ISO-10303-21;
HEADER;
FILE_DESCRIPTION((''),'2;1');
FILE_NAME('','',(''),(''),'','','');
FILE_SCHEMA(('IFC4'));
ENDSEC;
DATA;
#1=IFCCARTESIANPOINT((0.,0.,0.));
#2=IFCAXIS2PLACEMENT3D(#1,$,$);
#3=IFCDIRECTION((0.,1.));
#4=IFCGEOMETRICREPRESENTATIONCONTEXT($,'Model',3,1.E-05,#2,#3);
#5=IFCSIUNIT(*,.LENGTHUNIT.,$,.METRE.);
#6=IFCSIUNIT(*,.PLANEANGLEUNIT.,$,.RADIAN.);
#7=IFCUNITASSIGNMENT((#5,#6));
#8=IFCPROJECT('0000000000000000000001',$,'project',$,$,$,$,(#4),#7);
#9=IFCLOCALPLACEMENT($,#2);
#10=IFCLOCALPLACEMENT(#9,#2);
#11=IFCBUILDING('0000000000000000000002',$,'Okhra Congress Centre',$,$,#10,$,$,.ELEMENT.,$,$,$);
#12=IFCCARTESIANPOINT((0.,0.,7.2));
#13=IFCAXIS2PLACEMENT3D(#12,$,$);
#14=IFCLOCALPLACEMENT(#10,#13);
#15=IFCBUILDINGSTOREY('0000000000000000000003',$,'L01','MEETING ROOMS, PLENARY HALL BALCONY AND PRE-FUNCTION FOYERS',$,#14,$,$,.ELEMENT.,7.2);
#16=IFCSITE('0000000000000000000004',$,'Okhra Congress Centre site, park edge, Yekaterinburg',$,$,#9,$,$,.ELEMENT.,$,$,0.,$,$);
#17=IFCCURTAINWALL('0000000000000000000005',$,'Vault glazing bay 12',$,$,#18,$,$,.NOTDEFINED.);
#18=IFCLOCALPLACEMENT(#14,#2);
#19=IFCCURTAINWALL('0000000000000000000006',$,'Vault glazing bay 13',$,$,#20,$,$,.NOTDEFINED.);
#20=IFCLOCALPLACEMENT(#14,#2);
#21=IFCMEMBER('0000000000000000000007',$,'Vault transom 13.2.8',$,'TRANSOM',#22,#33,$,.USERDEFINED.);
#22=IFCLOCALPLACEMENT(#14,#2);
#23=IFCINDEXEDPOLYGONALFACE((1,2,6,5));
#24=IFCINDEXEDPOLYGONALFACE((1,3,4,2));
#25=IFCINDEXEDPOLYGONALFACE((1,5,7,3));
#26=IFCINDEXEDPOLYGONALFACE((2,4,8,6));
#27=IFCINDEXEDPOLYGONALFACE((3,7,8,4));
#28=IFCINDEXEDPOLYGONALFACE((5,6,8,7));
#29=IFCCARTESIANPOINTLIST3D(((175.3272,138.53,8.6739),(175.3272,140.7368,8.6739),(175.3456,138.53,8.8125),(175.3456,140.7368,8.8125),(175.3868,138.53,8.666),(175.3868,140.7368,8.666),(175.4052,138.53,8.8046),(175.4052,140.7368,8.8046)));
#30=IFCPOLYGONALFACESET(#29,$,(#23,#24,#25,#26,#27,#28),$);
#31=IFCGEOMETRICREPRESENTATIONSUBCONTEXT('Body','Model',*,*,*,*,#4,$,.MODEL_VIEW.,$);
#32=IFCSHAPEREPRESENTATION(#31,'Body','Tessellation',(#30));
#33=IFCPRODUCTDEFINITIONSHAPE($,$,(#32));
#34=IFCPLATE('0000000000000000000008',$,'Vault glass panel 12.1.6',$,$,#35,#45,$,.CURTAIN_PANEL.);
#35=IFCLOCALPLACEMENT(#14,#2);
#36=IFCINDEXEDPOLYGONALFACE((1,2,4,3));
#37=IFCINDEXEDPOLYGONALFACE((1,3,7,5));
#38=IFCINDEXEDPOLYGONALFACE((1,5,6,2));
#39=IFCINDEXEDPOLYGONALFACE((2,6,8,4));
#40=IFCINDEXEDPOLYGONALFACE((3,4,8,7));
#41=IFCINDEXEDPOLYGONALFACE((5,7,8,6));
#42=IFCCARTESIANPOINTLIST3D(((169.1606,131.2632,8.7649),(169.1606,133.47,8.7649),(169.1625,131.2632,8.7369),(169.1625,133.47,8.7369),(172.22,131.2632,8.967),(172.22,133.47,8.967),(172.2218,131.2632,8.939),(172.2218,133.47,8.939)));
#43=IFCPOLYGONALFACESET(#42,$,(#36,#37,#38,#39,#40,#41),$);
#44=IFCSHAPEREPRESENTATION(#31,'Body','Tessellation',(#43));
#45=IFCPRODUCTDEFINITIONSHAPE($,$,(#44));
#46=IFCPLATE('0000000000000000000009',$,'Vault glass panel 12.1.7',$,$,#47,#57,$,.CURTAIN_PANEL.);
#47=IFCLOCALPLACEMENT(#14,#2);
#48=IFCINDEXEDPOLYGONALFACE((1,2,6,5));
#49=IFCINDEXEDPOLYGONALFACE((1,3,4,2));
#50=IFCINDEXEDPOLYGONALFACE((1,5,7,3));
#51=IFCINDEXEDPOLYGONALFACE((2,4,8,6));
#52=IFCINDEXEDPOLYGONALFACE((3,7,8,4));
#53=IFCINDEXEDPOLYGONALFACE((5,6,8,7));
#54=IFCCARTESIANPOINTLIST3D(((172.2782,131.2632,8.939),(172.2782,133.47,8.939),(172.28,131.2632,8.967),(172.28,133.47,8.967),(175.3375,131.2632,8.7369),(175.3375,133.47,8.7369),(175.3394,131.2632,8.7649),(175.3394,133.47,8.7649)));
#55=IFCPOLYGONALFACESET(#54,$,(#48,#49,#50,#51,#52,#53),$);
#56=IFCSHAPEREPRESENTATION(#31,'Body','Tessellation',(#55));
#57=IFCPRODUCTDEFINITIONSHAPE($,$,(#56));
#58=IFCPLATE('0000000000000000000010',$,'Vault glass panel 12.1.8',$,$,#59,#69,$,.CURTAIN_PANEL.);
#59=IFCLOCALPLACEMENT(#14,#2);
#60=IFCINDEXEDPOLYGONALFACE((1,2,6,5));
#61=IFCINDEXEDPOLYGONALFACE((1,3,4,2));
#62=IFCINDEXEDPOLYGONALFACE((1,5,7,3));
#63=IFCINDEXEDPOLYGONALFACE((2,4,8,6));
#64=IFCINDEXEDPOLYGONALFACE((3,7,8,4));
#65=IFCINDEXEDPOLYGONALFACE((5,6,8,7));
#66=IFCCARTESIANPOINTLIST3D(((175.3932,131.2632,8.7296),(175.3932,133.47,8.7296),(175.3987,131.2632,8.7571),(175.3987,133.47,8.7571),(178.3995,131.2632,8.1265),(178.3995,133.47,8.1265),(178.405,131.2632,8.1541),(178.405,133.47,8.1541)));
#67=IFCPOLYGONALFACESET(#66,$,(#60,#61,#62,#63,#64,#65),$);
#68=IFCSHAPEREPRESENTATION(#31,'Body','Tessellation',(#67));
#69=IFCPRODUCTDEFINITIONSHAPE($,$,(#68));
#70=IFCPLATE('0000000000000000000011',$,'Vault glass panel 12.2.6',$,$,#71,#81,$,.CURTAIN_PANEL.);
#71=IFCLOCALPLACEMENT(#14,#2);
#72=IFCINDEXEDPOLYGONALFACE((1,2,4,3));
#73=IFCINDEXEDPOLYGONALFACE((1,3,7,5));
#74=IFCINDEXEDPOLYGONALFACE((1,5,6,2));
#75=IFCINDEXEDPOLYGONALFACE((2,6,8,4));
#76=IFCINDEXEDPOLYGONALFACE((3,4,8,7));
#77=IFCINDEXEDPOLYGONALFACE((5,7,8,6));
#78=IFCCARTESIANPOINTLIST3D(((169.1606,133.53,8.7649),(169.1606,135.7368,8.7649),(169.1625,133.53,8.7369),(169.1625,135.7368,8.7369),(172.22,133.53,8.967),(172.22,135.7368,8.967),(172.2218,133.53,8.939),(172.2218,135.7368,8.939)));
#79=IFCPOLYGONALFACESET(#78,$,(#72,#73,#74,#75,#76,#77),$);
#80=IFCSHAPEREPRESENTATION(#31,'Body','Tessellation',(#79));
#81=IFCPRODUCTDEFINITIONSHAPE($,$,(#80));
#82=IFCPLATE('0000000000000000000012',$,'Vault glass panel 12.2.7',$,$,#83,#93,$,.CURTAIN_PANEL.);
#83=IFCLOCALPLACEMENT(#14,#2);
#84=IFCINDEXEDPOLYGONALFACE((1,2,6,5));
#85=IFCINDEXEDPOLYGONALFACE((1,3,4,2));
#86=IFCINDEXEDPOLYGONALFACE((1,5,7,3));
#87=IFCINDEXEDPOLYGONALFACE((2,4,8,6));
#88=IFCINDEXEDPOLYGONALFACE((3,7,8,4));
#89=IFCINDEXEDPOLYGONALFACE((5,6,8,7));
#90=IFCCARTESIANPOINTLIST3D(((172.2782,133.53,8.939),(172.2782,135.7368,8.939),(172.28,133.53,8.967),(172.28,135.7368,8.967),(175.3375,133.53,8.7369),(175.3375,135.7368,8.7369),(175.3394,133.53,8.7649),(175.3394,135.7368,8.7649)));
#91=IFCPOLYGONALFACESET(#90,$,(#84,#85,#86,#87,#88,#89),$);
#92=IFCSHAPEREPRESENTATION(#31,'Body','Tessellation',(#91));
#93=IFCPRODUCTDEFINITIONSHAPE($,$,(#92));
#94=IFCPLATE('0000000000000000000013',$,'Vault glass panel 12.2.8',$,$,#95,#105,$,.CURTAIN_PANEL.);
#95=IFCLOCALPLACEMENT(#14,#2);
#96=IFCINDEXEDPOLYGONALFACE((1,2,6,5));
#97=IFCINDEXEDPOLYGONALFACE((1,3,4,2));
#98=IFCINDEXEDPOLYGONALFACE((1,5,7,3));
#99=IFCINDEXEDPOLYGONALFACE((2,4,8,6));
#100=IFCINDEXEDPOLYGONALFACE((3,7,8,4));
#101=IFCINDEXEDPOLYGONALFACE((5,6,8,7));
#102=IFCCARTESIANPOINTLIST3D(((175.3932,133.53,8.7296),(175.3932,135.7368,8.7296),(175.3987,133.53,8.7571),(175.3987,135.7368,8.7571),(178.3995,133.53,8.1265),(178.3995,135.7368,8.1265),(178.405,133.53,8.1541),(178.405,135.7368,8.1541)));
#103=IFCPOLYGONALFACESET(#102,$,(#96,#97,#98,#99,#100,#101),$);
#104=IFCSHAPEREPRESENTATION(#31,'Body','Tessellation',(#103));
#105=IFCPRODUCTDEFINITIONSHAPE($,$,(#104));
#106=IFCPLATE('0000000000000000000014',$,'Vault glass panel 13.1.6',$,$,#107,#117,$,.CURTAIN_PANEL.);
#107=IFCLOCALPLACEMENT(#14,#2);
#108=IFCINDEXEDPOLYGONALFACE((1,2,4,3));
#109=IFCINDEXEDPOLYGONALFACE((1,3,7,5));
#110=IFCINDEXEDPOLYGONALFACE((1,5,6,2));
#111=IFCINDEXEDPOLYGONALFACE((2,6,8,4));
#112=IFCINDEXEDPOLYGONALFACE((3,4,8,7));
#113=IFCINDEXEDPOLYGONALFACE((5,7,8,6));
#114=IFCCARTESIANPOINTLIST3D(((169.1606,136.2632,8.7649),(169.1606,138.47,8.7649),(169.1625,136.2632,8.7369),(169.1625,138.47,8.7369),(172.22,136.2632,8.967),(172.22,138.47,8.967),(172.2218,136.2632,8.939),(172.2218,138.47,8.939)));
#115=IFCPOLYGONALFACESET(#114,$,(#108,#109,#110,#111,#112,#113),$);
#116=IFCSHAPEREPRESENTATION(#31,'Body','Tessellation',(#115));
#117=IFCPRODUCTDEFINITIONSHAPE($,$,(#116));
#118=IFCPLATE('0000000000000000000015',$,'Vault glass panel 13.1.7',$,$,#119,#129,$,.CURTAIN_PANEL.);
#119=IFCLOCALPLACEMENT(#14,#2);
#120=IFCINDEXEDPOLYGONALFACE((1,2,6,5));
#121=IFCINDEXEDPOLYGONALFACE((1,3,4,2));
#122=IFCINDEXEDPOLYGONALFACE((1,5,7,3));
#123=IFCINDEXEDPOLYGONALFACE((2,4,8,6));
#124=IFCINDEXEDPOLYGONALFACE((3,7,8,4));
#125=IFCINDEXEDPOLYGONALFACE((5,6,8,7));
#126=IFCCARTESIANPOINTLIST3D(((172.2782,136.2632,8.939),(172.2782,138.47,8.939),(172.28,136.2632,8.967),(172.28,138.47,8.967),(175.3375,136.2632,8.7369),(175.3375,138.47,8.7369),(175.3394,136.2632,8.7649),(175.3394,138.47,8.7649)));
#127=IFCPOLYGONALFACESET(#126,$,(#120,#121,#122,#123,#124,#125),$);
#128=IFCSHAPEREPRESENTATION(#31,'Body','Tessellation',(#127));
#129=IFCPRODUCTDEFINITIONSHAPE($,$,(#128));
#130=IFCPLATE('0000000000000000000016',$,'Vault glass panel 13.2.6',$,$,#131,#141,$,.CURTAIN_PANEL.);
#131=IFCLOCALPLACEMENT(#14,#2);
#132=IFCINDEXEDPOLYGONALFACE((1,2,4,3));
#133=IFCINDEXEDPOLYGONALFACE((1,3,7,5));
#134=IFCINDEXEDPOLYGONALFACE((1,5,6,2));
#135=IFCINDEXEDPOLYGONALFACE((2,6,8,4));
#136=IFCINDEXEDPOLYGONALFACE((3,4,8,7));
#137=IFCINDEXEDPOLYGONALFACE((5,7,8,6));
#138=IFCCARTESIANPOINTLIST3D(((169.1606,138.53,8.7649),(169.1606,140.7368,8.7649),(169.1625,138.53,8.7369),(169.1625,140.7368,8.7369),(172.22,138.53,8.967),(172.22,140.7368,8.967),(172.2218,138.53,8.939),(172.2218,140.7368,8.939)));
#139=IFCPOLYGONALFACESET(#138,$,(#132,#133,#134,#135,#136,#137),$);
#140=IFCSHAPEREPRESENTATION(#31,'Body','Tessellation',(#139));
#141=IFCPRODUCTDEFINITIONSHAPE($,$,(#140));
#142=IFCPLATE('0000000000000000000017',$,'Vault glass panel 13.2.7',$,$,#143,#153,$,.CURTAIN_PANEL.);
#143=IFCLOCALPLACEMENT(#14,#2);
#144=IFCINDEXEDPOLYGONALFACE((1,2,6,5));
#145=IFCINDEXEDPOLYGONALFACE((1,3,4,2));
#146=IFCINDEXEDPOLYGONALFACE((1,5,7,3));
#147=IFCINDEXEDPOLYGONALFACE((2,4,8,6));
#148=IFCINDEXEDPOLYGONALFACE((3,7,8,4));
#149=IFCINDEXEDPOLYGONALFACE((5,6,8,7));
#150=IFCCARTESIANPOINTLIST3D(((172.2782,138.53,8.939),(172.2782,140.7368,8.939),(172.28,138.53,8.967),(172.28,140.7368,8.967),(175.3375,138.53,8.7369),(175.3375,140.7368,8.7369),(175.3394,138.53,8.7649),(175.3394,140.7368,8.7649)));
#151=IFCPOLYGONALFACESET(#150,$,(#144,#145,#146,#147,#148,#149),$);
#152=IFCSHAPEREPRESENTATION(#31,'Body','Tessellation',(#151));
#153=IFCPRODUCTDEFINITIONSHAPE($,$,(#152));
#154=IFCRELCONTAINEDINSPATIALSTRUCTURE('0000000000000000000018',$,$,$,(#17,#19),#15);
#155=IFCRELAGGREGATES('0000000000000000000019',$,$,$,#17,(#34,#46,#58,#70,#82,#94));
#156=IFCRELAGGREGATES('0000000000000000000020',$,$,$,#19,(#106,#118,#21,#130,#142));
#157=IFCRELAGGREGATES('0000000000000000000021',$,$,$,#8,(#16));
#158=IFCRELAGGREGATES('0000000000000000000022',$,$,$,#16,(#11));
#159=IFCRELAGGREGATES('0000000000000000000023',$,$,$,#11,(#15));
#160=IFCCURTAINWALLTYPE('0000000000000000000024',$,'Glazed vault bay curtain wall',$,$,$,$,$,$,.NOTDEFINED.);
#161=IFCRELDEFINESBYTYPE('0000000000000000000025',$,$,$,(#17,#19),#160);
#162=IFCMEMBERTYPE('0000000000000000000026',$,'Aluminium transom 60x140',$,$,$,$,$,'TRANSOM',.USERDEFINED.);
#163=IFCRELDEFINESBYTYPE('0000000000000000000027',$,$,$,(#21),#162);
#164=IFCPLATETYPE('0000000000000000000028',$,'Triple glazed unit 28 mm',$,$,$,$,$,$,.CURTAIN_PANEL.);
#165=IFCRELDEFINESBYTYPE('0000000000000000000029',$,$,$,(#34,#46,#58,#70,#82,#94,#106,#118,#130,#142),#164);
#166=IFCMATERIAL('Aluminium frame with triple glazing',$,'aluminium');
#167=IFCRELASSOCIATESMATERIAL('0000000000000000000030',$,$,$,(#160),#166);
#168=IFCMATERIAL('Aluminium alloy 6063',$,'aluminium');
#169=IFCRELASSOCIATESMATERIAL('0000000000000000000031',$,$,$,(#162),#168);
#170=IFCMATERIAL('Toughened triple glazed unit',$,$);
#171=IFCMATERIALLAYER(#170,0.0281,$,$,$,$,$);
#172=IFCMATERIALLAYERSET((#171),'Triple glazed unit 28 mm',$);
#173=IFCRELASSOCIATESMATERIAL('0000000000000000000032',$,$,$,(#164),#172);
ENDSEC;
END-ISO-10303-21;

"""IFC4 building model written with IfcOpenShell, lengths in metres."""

from ifc_helpers import new_model, si_unit, direction, frame, origin, origin_2d, place, context, subcontext, project, spatial, polyline, rectangle, outline, extrude, material, layer, layer_set, material_profile, profile_set, type_object, element, aggregate, save


model = new_model("IFC4")

# Units and contexts
model_context = context("Model", 3, precision=1e-05, world=origin(), true_north=direction((0.0, 1.0)))
body_context = subcontext(model_context, "Body", "Model", "MODEL_VIEW")
ifc_project = project(units=[si_unit("LENGTHUNIT", "METRE"), si_unit("PLANEANGLEUNIT", "RADIAN")], contexts=[model_context])

# Site, building, storey
site_placement = place(None, origin())
site = spatial("IfcSite", under=ifc_project, at=site_placement, Name="Okhra Congress Centre site, park edge, Yekaterinburg", CompositionType="ELEMENT", RefElevation=0.0)
building_placement = place(site_placement, origin())
building = spatial("IfcBuilding", under=site, at=building_placement, Name="Okhra Congress Centre", CompositionType="ELEMENT")
storey_placement = place(building_placement, frame((0.0, 0.0, 7.2)))
storey = spatial("IfcBuildingStorey", under=building, at=storey_placement, Name="L01", Description="MEETING ROOMS, PLENARY HALL BALCONY AND PRE-FUNCTION FOYERS", CompositionType="ELEMENT", Elevation=7.2)

# Curtain walls
ifc_material_1 = material(Name="Aluminium frame with triple glazing", Category="aluminium")
curtain_wall_type = type_object("IfcCurtainWallType", Name="Glazed vault bay curtain wall", PredefinedType="NOTDEFINED", material=ifc_material_1)
curtain_wall_1_placement = place(storey_placement, origin())
curtain_wall_1 = element("IfcCurtainWall", 1, at=curtain_wall_1_placement, inside=storey, type_object=curtain_wall_type, Name="Vault glazing bay 12", PredefinedType="NOTDEFINED")
ifc_material_2 = material(Name="Aluminium alloy 6063", Category="aluminium")
curtain_wall_2_placement = place(storey_placement, origin())
curtain_wall_2 = element("IfcCurtainWall", 2, at=curtain_wall_2_placement, inside=storey, type_object=curtain_wall_type, Name="Vault glazing bay 13", PredefinedType="NOTDEFINED")

# Member
ifc_material_profile_1 = material_profile(ifc_material_2, rectangle(XDim=0.0601, YDim=0.1399, at=origin_2d()), Name="AL 60x140 transom")
ifc_profile_set_1 = profile_set([ifc_material_profile_1], Name="Aluminium alloy 6063")
member_type_1 = type_object("IfcMemberType", Name="Aluminium transom 60x140", ElementType="TRANSOM", PredefinedType="USERDEFINED", material=ifc_profile_set_1)
member_1_placement = place(storey_placement, frame((175.3662, 138.53, 8.7393), z_axis=(0.0, 1.0, 0.0), x_axis=(-0.991307, 0.0, 0.131568)))
member_1 = element("IfcMember", 3, at=member_1_placement, type_object=member_type_1, Name="Vault transom 13.2.8", ObjectType="TRANSOM", PredefinedType="USERDEFINED", context=body_context, shape_type="SweptSolid", body=[
    extrude(rectangle(XDim=0.0601, YDim=0.1399, at=origin_2d()), origin(), (0.0, 0.0, 1.0), 2.2068),
])

# Plates
ifc_material_3 = material(Name="Toughened triple glazed unit")
ifc_layer = layer(ifc_material_3, 0.0281)
ifc_layer_set = layer_set([ifc_layer], Name="Triple glazed unit 28 mm")
plate_type = type_object("IfcPlateType", Name="Triple glazed unit 28 mm", PredefinedType="CURTAIN_PANEL", material=ifc_layer_set)
plate_1_placement = place(storey_placement, frame((169.1606, 131.2632, 8.7649), z_axis=(-0.065932, 0.0, 0.997824), x_axis=(0.997824, 0.0, 0.065932)))
plate_1 = element("IfcPlate", 4, at=plate_1_placement, type_object=plate_type, Name="Vault glass panel 12.1.6", PredefinedType="CURTAIN_PANEL", context=body_context, shape_type="SweptSolid", body=[
    extrude(outline(polyline([(0.0, 0.0), (3.066, 0.0), (3.066, 2.2068), (0.0, 2.2068), (0.0, 0.0)])), origin(), (0.0, 0.0, -1.0), 0.0281),
])
plate_2_placement = place(storey_placement, frame((172.28, 131.2632, 8.967), z_axis=(0.065932, 0.0, 0.997824), x_axis=(0.997824, 0.0, -0.065932)))
plate_2 = element("IfcPlate", 5, at=plate_2_placement, type_object=plate_type, Name="Vault glass panel 12.1.7", PredefinedType="CURTAIN_PANEL", context=body_context, shape_type="SweptSolid", body=[
    extrude(outline(polyline([(0.0, 0.0), (3.066, 0.0), (3.066, 2.2068), (0.0, 2.2068), (0.0, 0.0)])), origin(), (0.0, 0.0, -1.0), 0.0281),
])
plate_3_placement = place(storey_placement, frame((175.3987, 131.2632, 8.7571), z_axis=(0.196667, 0.0, 0.98047), x_axis=(0.98047, 0.0, -0.196667)))
plate_3 = element("IfcPlate", 6, at=plate_3_placement, type_object=plate_type, Name="Vault glass panel 12.1.8", PredefinedType="CURTAIN_PANEL", context=body_context, shape_type="SweptSolid", body=[
    extrude(outline(polyline([(0.0, 0.0), (3.0662, 0.0), (3.0662, 2.2068), (0.0, 2.2068), (0.0, 0.0)])), origin(), (0.0, 0.0, -1.0), 0.0281),
])
plate_4_placement = place(storey_placement, frame((169.1606, 133.53, 8.7649), z_axis=(-0.065932, 0.0, 0.997824), x_axis=(0.997824, 0.0, 0.065932)))
plate_4 = element("IfcPlate", 7, at=plate_4_placement, type_object=plate_type, Name="Vault glass panel 12.2.6", PredefinedType="CURTAIN_PANEL", context=body_context, shape_type="SweptSolid", body=[
    extrude(outline(polyline([(0.0, 0.0), (3.066, 0.0), (3.066, 2.2068), (0.0, 2.2068), (0.0, 0.0)])), origin(), (0.0, 0.0, -1.0), 0.0281),
])
plate_5_placement = place(storey_placement, frame((172.28, 133.53, 8.967), z_axis=(0.065932, 0.0, 0.997824), x_axis=(0.997824, 0.0, -0.065932)))
plate_5 = element("IfcPlate", 8, at=plate_5_placement, type_object=plate_type, Name="Vault glass panel 12.2.7", PredefinedType="CURTAIN_PANEL", context=body_context, shape_type="SweptSolid", body=[
    extrude(outline(polyline([(0.0, 0.0), (3.066, 0.0), (3.066, 2.2068), (0.0, 2.2068), (0.0, 0.0)])), origin(), (0.0, 0.0, -1.0), 0.0281),
])
plate_6_placement = place(storey_placement, frame((175.3987, 133.53, 8.7571), z_axis=(0.196667, 0.0, 0.98047), x_axis=(0.98047, 0.0, -0.196667)))
plate_6 = element("IfcPlate", 9, at=plate_6_placement, type_object=plate_type, Name="Vault glass panel 12.2.8", PredefinedType="CURTAIN_PANEL", context=body_context, shape_type="SweptSolid", body=[
    extrude(outline(polyline([(0.0, 0.0), (3.0662, 0.0), (3.0662, 2.2068), (0.0, 2.2068), (0.0, 0.0)])), origin(), (0.0, 0.0, -1.0), 0.0281),
])
aggregate(curtain_wall_1, [plate_1, plate_2, plate_3, plate_4, plate_5, plate_6])
plate_7_placement = place(storey_placement, frame((169.1606, 136.2632, 8.7649), z_axis=(-0.065932, 0.0, 0.997824), x_axis=(0.997824, 0.0, 0.065932)))
plate_7 = element("IfcPlate", 10, at=plate_7_placement, type_object=plate_type, Name="Vault glass panel 13.1.6", PredefinedType="CURTAIN_PANEL", context=body_context, shape_type="SweptSolid", body=[
    extrude(outline(polyline([(0.0, 0.0), (3.066, 0.0), (3.066, 2.2068), (0.0, 2.2068), (0.0, 0.0)])), origin(), (0.0, 0.0, -1.0), 0.0281),
])
plate_8_placement = place(storey_placement, frame((172.28, 136.2632, 8.967), z_axis=(0.065932, 0.0, 0.997824), x_axis=(0.997824, 0.0, -0.065932)))
plate_8 = element("IfcPlate", 11, at=plate_8_placement, type_object=plate_type, Name="Vault glass panel 13.1.7", PredefinedType="CURTAIN_PANEL", context=body_context, shape_type="SweptSolid", body=[
    extrude(outline(polyline([(0.0, 0.0), (3.066, 0.0), (3.066, 2.2068), (0.0, 2.2068), (0.0, 0.0)])), origin(), (0.0, 0.0, -1.0), 0.0281),
])
plate_9_placement = place(storey_placement, frame((169.1606, 138.53, 8.7649), z_axis=(-0.065932, 0.0, 0.997824), x_axis=(0.997824, 0.0, 0.065932)))
plate_9 = element("IfcPlate", 12, at=plate_9_placement, type_object=plate_type, Name="Vault glass panel 13.2.6", PredefinedType="CURTAIN_PANEL", context=body_context, shape_type="SweptSolid", body=[
    extrude(outline(polyline([(0.0, 0.0), (3.066, 0.0), (3.066, 2.2068), (0.0, 2.2068), (0.0, 0.0)])), origin(), (0.0, 0.0, -1.0), 0.0281),
])
plate_10_placement = place(storey_placement, frame((172.28, 138.53, 8.967), z_axis=(0.065932, 0.0, 0.997824), x_axis=(0.997824, 0.0, -0.065932)))
plate_10 = element("IfcPlate", 13, at=plate_10_placement, type_object=plate_type, Name="Vault glass panel 13.2.7", PredefinedType="CURTAIN_PANEL", context=body_context, shape_type="SweptSolid", body=[
    extrude(outline(polyline([(0.0, 0.0), (3.066, 0.0), (3.066, 2.2068), (0.0, 2.2068), (0.0, 0.0)])), origin(), (0.0, 0.0, -1.0), 0.0281),
])
aggregate(curtain_wall_2, [plate_7, plate_8, member_1, plate_9, plate_10])

save(model, "model.ifc")
